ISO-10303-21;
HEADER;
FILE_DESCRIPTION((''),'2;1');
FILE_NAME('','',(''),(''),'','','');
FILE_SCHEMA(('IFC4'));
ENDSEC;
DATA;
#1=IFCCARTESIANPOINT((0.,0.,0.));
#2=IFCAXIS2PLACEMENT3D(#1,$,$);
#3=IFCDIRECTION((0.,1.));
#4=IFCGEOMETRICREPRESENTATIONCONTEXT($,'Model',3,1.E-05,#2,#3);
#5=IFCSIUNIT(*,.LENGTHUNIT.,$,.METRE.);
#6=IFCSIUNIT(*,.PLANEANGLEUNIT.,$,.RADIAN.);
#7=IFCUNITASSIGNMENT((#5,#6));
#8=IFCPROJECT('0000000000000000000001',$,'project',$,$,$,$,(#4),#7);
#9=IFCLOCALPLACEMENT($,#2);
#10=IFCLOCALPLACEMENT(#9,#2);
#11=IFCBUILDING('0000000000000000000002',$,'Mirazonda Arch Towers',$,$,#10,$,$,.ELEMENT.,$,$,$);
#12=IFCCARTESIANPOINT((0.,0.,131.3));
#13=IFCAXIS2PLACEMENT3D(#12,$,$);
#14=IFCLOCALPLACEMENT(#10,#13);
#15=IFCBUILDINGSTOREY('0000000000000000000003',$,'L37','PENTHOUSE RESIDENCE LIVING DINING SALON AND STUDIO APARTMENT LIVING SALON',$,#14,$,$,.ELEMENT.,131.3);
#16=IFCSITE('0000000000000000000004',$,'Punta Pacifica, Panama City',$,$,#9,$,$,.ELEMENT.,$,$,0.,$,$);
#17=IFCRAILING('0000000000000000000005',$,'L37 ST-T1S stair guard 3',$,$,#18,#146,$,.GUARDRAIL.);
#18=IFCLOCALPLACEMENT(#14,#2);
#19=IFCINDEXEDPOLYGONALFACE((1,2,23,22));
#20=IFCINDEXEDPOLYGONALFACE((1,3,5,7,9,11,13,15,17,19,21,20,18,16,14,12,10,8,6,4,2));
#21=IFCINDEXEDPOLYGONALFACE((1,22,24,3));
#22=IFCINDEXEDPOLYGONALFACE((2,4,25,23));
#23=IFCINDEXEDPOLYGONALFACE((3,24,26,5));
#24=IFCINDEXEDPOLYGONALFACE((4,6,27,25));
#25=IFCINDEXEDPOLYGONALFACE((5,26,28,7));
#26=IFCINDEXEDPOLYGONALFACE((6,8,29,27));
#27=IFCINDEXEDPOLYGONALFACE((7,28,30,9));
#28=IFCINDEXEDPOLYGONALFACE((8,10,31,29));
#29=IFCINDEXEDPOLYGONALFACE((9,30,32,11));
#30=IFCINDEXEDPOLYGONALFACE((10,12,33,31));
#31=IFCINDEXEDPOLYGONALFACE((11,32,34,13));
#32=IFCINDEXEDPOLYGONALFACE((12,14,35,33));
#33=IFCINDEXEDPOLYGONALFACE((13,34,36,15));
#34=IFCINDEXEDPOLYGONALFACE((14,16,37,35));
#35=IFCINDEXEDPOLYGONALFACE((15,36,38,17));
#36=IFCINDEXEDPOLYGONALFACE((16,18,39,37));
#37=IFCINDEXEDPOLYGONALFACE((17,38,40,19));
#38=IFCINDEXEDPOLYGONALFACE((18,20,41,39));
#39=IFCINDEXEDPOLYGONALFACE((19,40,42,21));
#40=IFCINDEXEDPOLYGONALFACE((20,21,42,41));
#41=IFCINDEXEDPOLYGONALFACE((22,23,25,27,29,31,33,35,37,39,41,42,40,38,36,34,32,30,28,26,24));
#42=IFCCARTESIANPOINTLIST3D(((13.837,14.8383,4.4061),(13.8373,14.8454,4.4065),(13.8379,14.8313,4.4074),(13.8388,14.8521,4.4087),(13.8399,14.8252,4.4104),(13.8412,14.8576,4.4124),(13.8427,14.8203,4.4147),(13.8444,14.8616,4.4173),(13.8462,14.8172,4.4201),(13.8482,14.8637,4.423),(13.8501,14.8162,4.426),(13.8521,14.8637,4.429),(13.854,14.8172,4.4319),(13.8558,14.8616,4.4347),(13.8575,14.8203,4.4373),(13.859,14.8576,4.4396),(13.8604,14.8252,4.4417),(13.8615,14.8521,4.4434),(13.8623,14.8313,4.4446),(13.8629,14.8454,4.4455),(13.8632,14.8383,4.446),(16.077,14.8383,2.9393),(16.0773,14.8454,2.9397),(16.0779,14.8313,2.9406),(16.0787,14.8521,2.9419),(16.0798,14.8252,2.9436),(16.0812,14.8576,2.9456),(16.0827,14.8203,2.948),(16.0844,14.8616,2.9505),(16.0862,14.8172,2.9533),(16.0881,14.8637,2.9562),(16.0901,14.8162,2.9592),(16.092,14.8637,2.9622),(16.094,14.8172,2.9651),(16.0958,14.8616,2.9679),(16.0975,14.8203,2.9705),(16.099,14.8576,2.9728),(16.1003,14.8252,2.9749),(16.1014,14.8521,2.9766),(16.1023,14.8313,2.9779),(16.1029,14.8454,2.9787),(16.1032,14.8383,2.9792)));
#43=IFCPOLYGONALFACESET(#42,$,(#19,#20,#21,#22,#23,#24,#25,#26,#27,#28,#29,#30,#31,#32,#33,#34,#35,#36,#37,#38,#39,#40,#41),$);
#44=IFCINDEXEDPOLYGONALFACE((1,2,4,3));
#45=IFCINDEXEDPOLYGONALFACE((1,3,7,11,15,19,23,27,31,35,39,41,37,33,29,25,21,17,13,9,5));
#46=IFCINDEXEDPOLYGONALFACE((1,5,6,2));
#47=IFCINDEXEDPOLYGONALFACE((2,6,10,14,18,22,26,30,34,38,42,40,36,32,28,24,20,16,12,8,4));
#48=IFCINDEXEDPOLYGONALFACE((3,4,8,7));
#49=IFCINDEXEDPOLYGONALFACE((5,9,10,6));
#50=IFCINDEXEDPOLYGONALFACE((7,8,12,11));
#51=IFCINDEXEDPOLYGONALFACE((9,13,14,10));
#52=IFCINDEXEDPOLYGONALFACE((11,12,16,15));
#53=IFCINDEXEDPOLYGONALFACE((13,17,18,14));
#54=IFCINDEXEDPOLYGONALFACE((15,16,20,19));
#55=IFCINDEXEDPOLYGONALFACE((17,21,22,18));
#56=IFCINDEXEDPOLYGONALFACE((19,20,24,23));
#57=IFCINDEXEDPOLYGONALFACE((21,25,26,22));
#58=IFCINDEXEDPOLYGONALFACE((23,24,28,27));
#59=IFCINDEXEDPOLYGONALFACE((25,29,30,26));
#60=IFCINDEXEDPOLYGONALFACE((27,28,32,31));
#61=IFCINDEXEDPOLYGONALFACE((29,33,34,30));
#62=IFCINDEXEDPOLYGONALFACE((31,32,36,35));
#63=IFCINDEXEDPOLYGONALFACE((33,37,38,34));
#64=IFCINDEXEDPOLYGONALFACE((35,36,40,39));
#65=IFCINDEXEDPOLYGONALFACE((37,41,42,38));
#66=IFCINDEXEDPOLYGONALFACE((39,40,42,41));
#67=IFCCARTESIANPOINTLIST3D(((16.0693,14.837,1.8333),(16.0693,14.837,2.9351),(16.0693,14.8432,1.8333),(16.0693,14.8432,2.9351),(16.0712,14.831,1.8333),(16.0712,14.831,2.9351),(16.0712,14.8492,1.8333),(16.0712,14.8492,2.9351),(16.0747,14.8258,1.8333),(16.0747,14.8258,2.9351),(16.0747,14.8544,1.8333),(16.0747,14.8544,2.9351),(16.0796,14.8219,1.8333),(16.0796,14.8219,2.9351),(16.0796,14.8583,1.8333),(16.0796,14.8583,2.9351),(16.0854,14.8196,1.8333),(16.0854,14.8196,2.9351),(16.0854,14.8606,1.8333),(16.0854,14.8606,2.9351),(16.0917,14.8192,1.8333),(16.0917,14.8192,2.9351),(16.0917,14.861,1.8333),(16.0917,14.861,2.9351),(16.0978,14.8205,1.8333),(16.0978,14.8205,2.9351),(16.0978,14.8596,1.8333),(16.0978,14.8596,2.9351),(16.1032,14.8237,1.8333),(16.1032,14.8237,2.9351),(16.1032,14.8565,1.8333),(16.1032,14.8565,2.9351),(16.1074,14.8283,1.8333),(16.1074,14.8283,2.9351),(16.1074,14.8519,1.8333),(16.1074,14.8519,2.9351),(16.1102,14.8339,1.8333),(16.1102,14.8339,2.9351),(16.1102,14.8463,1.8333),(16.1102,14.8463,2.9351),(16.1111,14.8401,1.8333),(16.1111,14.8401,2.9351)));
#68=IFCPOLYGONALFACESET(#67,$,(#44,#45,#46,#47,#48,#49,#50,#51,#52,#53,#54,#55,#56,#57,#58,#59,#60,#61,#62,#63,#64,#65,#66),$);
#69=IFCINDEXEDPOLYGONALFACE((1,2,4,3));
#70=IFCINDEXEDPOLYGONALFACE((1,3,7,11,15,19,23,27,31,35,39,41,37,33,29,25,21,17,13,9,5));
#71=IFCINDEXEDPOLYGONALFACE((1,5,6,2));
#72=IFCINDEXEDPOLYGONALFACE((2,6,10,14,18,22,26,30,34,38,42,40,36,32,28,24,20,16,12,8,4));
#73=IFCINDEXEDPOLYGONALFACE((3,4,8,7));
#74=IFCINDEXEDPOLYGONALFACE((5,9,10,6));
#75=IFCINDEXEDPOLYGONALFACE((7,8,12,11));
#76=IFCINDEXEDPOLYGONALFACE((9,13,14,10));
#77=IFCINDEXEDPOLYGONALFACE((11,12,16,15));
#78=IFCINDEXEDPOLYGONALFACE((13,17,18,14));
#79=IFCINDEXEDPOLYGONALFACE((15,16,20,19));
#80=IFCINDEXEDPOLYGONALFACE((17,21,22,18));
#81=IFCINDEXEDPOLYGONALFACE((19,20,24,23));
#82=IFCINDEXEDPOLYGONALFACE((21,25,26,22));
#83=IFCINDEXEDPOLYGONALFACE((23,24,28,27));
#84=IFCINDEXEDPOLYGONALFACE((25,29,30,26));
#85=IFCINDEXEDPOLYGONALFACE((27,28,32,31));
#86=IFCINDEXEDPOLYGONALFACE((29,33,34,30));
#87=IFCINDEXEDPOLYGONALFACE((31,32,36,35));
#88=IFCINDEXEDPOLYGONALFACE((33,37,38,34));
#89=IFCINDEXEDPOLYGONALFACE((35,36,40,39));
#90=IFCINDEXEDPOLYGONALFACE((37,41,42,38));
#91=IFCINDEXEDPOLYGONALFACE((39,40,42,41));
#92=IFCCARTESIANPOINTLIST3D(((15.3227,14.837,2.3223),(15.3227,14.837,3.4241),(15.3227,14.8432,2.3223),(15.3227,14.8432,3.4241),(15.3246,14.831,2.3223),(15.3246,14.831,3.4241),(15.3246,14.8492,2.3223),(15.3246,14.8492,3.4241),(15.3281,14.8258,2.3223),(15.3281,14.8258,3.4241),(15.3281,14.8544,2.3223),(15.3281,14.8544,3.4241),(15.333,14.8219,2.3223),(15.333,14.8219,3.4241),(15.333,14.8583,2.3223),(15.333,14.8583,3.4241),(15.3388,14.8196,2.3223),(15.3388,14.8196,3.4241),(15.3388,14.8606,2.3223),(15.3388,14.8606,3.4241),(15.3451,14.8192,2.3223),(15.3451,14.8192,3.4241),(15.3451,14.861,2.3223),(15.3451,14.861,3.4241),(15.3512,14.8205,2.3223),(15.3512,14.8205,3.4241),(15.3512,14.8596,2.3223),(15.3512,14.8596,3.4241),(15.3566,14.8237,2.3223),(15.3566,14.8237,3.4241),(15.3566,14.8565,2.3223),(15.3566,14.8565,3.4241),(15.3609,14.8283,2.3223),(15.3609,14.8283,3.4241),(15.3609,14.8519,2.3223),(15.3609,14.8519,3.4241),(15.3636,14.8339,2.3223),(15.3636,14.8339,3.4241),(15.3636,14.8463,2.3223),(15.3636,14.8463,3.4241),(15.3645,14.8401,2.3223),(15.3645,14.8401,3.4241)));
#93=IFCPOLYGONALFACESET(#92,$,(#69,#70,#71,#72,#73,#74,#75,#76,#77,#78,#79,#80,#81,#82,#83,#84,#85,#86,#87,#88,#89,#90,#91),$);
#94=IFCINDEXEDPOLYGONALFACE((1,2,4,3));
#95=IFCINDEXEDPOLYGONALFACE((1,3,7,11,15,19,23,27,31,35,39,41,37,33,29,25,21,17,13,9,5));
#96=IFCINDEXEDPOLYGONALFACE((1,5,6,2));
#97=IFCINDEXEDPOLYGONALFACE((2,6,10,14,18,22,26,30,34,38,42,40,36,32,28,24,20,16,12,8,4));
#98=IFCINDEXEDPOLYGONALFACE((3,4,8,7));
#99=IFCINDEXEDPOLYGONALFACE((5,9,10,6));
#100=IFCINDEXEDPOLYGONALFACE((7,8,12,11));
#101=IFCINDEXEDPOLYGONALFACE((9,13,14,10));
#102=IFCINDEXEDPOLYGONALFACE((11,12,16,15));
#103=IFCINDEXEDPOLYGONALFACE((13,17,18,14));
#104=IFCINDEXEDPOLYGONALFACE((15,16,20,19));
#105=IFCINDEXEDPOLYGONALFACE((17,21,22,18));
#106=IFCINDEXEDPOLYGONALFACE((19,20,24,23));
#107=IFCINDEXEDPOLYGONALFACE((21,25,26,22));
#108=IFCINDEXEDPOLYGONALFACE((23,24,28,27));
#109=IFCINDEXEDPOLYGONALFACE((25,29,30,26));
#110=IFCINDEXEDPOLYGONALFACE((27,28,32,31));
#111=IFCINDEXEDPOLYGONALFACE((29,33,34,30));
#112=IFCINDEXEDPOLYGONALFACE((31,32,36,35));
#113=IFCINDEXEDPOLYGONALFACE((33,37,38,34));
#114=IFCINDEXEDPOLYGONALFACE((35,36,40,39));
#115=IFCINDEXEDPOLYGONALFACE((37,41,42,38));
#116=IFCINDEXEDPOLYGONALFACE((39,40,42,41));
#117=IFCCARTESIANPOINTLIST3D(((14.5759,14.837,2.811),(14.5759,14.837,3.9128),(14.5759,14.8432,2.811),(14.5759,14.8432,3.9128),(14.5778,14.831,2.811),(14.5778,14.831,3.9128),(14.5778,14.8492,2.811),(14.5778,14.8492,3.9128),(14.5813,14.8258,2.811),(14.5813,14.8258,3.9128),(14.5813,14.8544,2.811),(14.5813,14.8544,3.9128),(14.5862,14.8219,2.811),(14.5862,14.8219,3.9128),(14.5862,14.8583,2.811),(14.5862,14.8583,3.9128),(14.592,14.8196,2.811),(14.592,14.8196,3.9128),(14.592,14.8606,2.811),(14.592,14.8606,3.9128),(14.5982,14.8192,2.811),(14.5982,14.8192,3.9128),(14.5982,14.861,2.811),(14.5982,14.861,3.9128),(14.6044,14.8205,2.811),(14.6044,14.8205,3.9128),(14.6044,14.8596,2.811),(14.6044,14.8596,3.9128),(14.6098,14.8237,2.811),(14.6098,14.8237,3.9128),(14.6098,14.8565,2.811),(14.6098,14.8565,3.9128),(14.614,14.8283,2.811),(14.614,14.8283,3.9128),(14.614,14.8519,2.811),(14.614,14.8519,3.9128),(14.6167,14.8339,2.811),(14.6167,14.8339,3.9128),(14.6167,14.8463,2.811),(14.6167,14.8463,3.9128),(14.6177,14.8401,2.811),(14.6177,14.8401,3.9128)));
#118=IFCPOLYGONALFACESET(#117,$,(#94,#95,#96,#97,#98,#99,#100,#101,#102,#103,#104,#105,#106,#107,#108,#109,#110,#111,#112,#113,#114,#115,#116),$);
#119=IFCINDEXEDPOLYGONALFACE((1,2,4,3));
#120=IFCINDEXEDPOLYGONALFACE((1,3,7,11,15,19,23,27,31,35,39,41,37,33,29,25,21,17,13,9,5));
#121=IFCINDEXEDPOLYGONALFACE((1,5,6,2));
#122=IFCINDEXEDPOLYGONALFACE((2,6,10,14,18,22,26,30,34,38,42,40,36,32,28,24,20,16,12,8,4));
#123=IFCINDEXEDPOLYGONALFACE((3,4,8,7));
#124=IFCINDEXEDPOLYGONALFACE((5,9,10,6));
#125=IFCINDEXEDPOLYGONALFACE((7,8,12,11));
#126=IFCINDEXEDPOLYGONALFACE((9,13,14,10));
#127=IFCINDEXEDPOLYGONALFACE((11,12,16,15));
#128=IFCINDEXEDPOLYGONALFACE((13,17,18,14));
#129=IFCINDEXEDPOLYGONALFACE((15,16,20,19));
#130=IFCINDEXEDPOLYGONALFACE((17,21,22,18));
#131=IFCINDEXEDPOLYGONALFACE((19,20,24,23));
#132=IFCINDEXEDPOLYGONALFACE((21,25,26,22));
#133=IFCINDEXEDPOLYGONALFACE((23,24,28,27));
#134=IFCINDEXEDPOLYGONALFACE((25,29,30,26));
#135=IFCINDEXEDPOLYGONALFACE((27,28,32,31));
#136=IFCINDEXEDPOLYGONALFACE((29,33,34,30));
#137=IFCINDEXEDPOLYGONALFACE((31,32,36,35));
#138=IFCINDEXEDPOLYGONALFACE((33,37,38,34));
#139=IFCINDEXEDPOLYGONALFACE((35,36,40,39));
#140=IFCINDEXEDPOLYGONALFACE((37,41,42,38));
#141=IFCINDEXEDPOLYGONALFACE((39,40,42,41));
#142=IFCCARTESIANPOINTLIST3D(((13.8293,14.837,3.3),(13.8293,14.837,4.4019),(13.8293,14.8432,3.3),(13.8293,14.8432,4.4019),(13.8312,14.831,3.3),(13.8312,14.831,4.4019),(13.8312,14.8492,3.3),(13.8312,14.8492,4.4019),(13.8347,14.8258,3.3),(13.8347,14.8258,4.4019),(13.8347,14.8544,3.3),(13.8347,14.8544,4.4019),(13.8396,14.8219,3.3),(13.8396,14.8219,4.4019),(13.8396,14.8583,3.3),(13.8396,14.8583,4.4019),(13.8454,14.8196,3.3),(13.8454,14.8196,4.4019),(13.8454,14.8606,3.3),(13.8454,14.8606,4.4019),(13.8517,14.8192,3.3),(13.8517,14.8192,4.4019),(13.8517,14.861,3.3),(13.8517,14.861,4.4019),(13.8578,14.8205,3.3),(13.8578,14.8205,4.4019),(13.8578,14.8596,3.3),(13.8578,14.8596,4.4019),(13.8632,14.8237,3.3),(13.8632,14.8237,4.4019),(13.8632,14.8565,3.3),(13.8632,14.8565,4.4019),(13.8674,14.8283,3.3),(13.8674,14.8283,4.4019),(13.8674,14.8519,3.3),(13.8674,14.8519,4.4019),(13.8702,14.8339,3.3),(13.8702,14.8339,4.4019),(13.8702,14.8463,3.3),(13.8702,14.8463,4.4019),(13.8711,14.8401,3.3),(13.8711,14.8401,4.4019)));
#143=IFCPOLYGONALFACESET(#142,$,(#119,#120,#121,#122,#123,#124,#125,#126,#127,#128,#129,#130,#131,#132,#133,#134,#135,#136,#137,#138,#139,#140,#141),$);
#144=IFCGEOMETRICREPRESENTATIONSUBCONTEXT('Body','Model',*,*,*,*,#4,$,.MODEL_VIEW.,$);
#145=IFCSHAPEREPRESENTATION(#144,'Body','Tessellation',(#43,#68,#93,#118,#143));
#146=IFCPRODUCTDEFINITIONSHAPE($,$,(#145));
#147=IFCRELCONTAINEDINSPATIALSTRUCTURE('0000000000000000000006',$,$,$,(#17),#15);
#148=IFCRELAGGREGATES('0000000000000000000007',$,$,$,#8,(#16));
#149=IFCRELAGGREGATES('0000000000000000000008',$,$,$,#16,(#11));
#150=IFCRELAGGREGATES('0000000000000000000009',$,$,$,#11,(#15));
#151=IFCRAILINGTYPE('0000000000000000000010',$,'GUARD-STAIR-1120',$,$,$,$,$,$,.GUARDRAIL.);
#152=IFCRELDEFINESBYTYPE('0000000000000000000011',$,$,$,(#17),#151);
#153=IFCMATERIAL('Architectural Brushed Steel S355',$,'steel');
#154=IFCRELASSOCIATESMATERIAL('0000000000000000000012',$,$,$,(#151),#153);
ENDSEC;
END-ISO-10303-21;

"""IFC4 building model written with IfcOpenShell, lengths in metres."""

from ifc_helpers import new_model, si_unit, direction, frame, origin, origin_2d, place, context, subcontext, project, spatial, circle, extrude, material, type_object, element, save


model = new_model("IFC4")

# Units and contexts
model_context = context("Model", 3, precision=1e-05, world=origin(), true_north=direction((0.0, 1.0)))
body_context = subcontext(model_context, "Body", "Model", "MODEL_VIEW")
ifc_project = project(units=[si_unit("LENGTHUNIT", "METRE"), si_unit("PLANEANGLEUNIT", "RADIAN")], contexts=[model_context])

# Site, building, storey
site_placement = place(None, origin())
site = spatial("IfcSite", under=ifc_project, at=site_placement, Name="Punta Pacifica, Panama City", CompositionType="ELEMENT", RefElevation=0.0)
building_placement = place(site_placement, origin())
building = spatial("IfcBuilding", under=site, at=building_placement, Name="Mirazonda Arch Towers", CompositionType="ELEMENT")
storey_placement = place(building_placement, frame((0.0, 0.0, 131.3)))
storey = spatial("IfcBuildingStorey", under=building, at=storey_placement, Name="L37", Description="PENTHOUSE RESIDENCE LIVING DINING SALON AND STUDIO APARTMENT LIVING SALON", CompositionType="ELEMENT", Elevation=131.3)

# Shared definitions
ifc_material_1 = material(Name="Architectural Brushed Steel S355", Category="steel")

# Railing
railing_type_1 = type_object("IfcRailingType", Name="GUARD-STAIR-1120", PredefinedType="GUARDRAIL", material=ifc_material_1)
railing_1_placement = place(storey_placement, frame((16.0901, 14.8401, 1.8333)))
element("IfcRailing", 1, at=railing_1_placement, inside=storey, type_object=railing_type_1, Name="L37 ST-T1S stair guard 3", PredefinedType="GUARDRAIL", context=body_context, shape_type="SweptSolid", body=[
    extrude(circle(Radius=0.0239, at=origin_2d()), frame((0.0, 0.0, 1.126), z_axis=(-0.836595, 0.0, 0.547822), x_axis=(0.0, -1.0, 0.0)), (0.0, 0.0, 1.0), 2.6775),
    extrude(circle(Radius=0.021, at=origin_2d()), origin(), (0.0, 0.0, 1.0), 1.1018),
    extrude(circle(Radius=0.021, at=origin_2d()), frame((-0.7466, 0.0, 0.489)), (0.0, 0.0, 1.0), 1.1018),
    extrude(circle(Radius=0.021, at=origin_2d()), frame((-1.4934, 0.0, 0.9778)), (0.0, 0.0, 1.0), 1.1018),
    extrude(circle(Radius=0.021, at=origin_2d()), frame((-2.24, 0.0, 1.4668)), (0.0, 0.0, 1.0), 1.1018),
])

save(model, "model.ifc")
